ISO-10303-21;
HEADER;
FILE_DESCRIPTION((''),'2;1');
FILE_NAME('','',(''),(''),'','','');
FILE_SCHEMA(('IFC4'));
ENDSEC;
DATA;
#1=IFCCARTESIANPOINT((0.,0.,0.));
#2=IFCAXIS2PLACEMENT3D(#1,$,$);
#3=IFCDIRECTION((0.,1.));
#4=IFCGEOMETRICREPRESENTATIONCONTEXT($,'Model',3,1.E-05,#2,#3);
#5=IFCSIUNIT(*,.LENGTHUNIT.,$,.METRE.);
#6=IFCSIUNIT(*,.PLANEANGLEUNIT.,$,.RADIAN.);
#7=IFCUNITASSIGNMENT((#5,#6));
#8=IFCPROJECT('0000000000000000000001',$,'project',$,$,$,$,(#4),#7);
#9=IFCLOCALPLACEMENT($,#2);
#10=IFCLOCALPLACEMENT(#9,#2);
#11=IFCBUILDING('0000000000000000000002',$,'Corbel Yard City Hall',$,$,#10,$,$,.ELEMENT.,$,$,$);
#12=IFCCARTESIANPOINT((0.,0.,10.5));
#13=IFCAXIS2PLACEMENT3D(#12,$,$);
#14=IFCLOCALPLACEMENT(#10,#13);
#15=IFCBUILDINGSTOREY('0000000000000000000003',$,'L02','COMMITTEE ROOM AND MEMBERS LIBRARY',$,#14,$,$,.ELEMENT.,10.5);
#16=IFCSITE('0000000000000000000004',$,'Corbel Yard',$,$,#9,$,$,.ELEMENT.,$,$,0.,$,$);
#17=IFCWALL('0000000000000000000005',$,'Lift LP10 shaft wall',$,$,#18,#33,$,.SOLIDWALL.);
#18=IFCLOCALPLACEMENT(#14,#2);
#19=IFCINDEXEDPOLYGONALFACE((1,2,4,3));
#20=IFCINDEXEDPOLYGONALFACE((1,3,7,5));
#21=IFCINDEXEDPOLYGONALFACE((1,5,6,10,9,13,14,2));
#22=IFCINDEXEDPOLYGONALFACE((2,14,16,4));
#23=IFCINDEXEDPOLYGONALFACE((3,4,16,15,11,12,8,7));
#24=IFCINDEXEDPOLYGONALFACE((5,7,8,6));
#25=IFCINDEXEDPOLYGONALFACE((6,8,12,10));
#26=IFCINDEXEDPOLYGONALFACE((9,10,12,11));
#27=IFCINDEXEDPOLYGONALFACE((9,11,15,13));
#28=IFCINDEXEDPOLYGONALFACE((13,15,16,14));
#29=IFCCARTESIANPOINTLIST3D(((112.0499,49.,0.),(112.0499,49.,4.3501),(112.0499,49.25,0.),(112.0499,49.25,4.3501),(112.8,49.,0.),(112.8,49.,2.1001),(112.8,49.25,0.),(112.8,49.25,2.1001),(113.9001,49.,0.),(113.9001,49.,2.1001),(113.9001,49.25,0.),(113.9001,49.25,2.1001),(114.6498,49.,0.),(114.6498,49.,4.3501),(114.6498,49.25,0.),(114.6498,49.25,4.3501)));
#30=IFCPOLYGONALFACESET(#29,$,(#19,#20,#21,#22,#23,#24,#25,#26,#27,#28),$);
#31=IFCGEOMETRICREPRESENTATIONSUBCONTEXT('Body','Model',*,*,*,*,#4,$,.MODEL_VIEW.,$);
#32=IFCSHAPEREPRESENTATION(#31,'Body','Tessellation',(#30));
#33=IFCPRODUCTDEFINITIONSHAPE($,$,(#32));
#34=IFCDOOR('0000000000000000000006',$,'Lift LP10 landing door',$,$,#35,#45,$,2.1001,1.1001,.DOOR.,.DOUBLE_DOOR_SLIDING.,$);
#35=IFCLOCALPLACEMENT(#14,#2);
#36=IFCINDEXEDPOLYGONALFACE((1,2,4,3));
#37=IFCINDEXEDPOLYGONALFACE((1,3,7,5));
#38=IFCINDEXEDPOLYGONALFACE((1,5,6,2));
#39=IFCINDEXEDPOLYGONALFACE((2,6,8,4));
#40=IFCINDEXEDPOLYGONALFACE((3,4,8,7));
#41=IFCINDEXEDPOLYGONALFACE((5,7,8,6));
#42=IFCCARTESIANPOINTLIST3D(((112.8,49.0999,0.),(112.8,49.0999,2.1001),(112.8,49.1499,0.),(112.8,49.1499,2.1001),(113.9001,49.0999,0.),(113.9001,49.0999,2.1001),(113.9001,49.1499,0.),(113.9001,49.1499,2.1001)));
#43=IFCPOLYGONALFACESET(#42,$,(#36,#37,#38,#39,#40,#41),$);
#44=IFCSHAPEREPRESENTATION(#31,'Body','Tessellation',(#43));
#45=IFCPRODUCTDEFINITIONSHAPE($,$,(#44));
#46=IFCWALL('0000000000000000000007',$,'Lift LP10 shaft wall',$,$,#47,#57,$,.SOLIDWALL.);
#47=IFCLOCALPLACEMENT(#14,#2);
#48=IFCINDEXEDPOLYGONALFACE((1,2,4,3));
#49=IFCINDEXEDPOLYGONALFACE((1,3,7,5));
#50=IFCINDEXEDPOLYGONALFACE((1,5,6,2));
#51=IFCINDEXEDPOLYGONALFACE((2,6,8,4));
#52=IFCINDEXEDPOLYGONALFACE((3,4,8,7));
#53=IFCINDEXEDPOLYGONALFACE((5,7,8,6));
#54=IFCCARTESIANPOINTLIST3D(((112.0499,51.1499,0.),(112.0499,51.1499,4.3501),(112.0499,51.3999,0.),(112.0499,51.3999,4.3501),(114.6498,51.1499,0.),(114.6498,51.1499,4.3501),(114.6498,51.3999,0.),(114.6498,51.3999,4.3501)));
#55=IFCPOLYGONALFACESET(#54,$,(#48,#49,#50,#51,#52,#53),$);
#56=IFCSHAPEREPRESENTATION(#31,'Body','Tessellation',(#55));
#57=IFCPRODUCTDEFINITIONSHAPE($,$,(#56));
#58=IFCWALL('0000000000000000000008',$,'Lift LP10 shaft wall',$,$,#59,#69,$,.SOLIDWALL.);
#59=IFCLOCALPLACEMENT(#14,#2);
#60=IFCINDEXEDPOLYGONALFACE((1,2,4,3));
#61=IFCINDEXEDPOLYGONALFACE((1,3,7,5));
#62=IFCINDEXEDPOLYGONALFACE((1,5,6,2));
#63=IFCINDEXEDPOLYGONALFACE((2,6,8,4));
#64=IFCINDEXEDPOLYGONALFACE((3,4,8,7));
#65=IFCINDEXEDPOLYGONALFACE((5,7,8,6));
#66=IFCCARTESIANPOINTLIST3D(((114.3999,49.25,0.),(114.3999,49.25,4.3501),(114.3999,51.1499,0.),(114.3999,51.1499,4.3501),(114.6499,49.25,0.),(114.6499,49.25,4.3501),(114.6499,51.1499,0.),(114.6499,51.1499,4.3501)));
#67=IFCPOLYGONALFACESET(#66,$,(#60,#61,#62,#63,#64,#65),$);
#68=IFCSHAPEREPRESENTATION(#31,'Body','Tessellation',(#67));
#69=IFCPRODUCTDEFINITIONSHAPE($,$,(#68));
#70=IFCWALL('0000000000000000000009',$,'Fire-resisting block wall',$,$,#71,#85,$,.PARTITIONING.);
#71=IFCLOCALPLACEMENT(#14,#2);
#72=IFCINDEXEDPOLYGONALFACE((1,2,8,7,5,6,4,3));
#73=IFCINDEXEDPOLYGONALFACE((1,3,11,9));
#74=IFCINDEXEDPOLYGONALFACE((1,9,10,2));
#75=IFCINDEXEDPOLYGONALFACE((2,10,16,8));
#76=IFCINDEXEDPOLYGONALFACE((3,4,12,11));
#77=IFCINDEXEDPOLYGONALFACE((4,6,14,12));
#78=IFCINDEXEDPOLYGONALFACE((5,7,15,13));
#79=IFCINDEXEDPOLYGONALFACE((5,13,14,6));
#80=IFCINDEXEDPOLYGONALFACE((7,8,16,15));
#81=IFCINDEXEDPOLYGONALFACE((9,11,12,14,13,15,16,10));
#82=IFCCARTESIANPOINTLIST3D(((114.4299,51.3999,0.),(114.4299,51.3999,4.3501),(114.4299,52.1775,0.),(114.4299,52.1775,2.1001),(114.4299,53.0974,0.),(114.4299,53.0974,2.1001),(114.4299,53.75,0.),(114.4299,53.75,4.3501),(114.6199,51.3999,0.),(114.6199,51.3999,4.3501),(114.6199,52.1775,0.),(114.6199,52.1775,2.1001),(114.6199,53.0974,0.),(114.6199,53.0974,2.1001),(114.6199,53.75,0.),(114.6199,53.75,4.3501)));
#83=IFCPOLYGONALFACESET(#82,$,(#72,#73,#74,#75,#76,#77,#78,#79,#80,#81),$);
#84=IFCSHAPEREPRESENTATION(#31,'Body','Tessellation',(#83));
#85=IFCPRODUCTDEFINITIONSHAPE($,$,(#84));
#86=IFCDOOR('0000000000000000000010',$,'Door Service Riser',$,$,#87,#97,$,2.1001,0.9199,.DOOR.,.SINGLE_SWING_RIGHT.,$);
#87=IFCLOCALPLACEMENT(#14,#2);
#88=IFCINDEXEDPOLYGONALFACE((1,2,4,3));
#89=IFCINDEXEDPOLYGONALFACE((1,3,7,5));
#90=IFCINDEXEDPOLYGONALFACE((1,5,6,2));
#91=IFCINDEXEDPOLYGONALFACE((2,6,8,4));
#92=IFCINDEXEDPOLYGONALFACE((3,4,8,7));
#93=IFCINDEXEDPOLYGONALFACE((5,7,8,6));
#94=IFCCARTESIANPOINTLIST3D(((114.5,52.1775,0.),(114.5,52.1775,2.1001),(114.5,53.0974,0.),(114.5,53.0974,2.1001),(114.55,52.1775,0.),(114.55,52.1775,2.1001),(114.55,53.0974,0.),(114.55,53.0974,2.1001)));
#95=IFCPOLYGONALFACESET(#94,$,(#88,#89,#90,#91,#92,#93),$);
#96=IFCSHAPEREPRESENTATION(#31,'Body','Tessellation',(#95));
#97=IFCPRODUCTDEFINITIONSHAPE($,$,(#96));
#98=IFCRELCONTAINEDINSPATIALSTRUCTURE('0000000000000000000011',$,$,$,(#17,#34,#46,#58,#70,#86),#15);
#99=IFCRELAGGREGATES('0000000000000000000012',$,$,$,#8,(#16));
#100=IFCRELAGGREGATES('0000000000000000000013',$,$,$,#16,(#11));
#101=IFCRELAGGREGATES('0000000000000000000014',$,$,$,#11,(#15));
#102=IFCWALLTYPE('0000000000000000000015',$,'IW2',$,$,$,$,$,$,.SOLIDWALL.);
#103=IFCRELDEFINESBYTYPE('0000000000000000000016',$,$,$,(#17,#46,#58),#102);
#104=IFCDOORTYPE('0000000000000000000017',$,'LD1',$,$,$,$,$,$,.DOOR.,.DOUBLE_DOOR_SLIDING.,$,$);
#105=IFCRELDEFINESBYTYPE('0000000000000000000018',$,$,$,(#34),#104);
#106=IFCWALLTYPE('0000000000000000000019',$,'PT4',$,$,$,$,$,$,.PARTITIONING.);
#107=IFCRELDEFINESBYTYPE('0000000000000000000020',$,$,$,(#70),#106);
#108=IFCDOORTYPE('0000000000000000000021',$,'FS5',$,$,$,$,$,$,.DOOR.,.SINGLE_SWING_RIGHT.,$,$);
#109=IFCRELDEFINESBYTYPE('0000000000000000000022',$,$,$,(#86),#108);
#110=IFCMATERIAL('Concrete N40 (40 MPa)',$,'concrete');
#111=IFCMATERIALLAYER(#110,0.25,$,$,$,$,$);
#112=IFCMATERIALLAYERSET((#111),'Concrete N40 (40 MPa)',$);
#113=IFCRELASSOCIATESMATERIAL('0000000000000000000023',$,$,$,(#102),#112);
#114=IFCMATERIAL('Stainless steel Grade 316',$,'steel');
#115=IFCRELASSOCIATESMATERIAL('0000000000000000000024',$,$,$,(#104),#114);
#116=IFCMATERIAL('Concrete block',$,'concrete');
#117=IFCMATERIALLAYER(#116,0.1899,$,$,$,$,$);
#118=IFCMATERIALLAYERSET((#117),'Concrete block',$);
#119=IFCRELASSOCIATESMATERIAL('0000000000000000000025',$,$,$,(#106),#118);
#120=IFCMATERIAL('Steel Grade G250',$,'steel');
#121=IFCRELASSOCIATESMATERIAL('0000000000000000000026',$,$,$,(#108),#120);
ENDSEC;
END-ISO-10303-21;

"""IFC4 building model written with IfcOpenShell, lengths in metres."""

from ifc_helpers import new_model, si_unit, direction, frame, frame_2d, origin, place, context, subcontext, project, spatial, rectangle, extrude, material, layer, layer_set, type_object, element, fill, save


model = new_model("IFC4")

# Units and contexts
model_context = context("Model", 3, precision=1e-05, world=origin(), true_north=direction((0.0, 1.0)))
body_context = subcontext(model_context, "Body", "Model", "MODEL_VIEW")
ifc_project = project(units=[si_unit("LENGTHUNIT", "METRE"), si_unit("PLANEANGLEUNIT", "RADIAN")], contexts=[model_context])

# Site, building, storey
site_placement = place(None, origin())
site = spatial("IfcSite", under=ifc_project, at=site_placement, Name="Corbel Yard", CompositionType="ELEMENT", RefElevation=0.0)
building_placement = place(site_placement, origin())
building = spatial("IfcBuilding", under=site, at=building_placement, Name="Corbel Yard City Hall", CompositionType="ELEMENT")
storey_placement = place(building_placement, frame((0.0, 0.0, 10.5)))
storey = spatial("IfcBuildingStorey", under=building, at=storey_placement, Name="L02", Description="COMMITTEE ROOM AND MEMBERS LIBRARY", CompositionType="ELEMENT", Elevation=10.5)

# Shared definitions
ifc_material_1 = material(Name="Concrete N40 (40 MPa)", Category="concrete")

# Wall, opening, door
ifc_layer_1 = layer(ifc_material_1, 0.25)
ifc_layer_set_1 = layer_set([ifc_layer_1], Name="Concrete N40 (40 MPa)")
wall_type_1 = type_object("IfcWallType", Name="IW2", PredefinedType="SOLIDWALL", material=ifc_layer_set_1)
ifc_material_2 = material(Name="Steel Grade G250", Category="steel")
wall_1_placement = place(storey_placement, frame((112.05, 49.125, 0.0), z_axis=(0.0, 0.0, 1.0), x_axis=(1.0, 0.0, 0.0)))
wall_1 = element("IfcWall", 1, at=wall_1_placement, inside=storey, type_object=wall_type_1, Name="Lift LP10 shaft wall", PredefinedType="SOLIDWALL", context=body_context, shape_type="SweptSolid", body=[
    extrude(rectangle(XDim=2.5999, YDim=0.25, at=frame_2d((1.2998, 0.0))), origin(), (0.0, 0.0, 1.0), 4.3501),
])
opening_1_placement = place(wall_1_placement, frame((0.75, 0.0, 0.0)))
opening_1 = element("IfcOpeningElement", 2, at=opening_1_placement, cuts=wall_1, PredefinedType="OPENING", context=body_context, shape_type="SweptSolid", body=[
    extrude(rectangle(XDim=1.1001, YDim=2.1001, at=frame_2d((0.55, 1.05))), frame((0.0, 0.135, 0.0), z_axis=(0.0, -1.0, 0.0), x_axis=(1.0, 0.0, 0.0)), (0.0, 0.0, 1.0), 0.27),
])
ifc_material_3 = material(Name="Stainless steel Grade 316", Category="steel")
door_type_1 = type_object("IfcDoorType", Name="LD1", OperationType="DOUBLE_DOOR_SLIDING", PredefinedType="DOOR", material=ifc_material_3)
door_1_placement = place(opening_1_placement, origin())
door_1 = element("IfcDoor", 3, at=door_1_placement, inside=storey, type_object=door_type_1, Name="Lift LP10 landing door", OperationType="DOUBLE_DOOR_SLIDING", OverallHeight=2.1001, OverallWidth=1.1001, PredefinedType="DOOR", context=body_context, shape_type="SweptSolid", body=[
    extrude(rectangle(XDim=1.1001, YDim=2.1001, at=frame_2d((0.55, 1.05))), frame((0.0, 0.0249, 0.0), z_axis=(0.0, -1.0, 0.0), x_axis=(1.0, 0.0, 0.0)), (0.0, 0.0, 1.0), 0.05),
])
fill(opening_1, door_1)

# Walls
wall_2_placement = place(storey_placement, frame((112.05, 51.2749, 0.0), z_axis=(0.0, 0.0, 1.0), x_axis=(1.0, 0.0, 0.0)))
element("IfcWall", 4, at=wall_2_placement, inside=storey, type_object=wall_type_1, Name="Lift LP10 shaft wall", PredefinedType="SOLIDWALL", context=body_context, shape_type="SweptSolid", body=[
    extrude(rectangle(XDim=2.5999, YDim=0.25, at=frame_2d((1.2998, 0.0))), origin(), (0.0, 0.0, 1.0), 4.3501),
])
wall_3_placement = place(storey_placement, frame((114.5249, 49.25, 0.0), z_axis=(0.0, 0.0, 1.0), x_axis=(0.0, 1.0, 0.0)))
element("IfcWall", 5, at=wall_3_placement, inside=storey, type_object=wall_type_1, Name="Lift LP10 shaft wall", PredefinedType="SOLIDWALL", context=body_context, shape_type="SweptSolid", body=[
    extrude(rectangle(XDim=1.8999, YDim=0.25, at=frame_2d((0.95, 0.0))), origin(), (0.0, 0.0, 1.0), 4.3501),
])

# Wall, opening, door
ifc_material_4 = material(Name="Concrete block", Category="concrete")
ifc_layer_2 = layer(ifc_material_4, 0.1899)
ifc_layer_set_2 = layer_set([ifc_layer_2], Name="Concrete block")
wall_type_2 = type_object("IfcWallType", Name="PT4", PredefinedType="PARTITIONING", material=ifc_layer_set_2)
wall_4_placement = place(storey_placement, frame((114.5249, 51.3999, 0.0), z_axis=(0.0, 0.0, 1.0), x_axis=(0.0, 1.0, 0.0)))
wall_4 = element("IfcWall", 6, at=wall_4_placement, inside=storey, type_object=wall_type_2, Name="Fire-resisting block wall", PredefinedType="PARTITIONING", context=body_context, shape_type="SweptSolid", body=[
    extrude(rectangle(XDim=2.3501, YDim=0.1899, at=frame_2d((1.175, 0.0))), origin(), (0.0, 0.0, 1.0), 4.3501),
])
opening_2_placement = place(wall_4_placement, frame((0.7776, 0.0, 0.0)))
opening_2 = element("IfcOpeningElement", 7, at=opening_2_placement, cuts=wall_4, PredefinedType="OPENING", context=body_context, shape_type="SweptSolid", body=[
    extrude(rectangle(XDim=0.9199, YDim=2.1001, at=frame_2d((0.46, 1.05))), frame((0.0, 0.105, 0.0), z_axis=(0.0, -1.0, 0.0), x_axis=(1.0, 0.0, 0.0)), (0.0, 0.0, 1.0), 0.21),
])
door_type_2 = type_object("IfcDoorType", Name="FS5", OperationType="SINGLE_SWING_RIGHT", PredefinedType="DOOR", material=ifc_material_2)
door_2_placement = place(opening_2_placement, origin())
door_2 = element("IfcDoor", 8, at=door_2_placement, inside=storey, type_object=door_type_2, Name="Door Service Riser", OperationType="SINGLE_SWING_RIGHT", OverallHeight=2.1001, OverallWidth=0.9199, PredefinedType="DOOR", context=body_context, shape_type="SweptSolid", body=[
    extrude(rectangle(XDim=0.9199, YDim=2.1001, at=frame_2d((0.46, 1.05))), frame((0.0, 0.0249, 0.0), z_axis=(0.0, -1.0, 0.0), x_axis=(1.0, 0.0, 0.0)), (0.0, 0.0, 1.0), 0.05),
])
fill(opening_2, door_2)

save(model, "model.ifc")
